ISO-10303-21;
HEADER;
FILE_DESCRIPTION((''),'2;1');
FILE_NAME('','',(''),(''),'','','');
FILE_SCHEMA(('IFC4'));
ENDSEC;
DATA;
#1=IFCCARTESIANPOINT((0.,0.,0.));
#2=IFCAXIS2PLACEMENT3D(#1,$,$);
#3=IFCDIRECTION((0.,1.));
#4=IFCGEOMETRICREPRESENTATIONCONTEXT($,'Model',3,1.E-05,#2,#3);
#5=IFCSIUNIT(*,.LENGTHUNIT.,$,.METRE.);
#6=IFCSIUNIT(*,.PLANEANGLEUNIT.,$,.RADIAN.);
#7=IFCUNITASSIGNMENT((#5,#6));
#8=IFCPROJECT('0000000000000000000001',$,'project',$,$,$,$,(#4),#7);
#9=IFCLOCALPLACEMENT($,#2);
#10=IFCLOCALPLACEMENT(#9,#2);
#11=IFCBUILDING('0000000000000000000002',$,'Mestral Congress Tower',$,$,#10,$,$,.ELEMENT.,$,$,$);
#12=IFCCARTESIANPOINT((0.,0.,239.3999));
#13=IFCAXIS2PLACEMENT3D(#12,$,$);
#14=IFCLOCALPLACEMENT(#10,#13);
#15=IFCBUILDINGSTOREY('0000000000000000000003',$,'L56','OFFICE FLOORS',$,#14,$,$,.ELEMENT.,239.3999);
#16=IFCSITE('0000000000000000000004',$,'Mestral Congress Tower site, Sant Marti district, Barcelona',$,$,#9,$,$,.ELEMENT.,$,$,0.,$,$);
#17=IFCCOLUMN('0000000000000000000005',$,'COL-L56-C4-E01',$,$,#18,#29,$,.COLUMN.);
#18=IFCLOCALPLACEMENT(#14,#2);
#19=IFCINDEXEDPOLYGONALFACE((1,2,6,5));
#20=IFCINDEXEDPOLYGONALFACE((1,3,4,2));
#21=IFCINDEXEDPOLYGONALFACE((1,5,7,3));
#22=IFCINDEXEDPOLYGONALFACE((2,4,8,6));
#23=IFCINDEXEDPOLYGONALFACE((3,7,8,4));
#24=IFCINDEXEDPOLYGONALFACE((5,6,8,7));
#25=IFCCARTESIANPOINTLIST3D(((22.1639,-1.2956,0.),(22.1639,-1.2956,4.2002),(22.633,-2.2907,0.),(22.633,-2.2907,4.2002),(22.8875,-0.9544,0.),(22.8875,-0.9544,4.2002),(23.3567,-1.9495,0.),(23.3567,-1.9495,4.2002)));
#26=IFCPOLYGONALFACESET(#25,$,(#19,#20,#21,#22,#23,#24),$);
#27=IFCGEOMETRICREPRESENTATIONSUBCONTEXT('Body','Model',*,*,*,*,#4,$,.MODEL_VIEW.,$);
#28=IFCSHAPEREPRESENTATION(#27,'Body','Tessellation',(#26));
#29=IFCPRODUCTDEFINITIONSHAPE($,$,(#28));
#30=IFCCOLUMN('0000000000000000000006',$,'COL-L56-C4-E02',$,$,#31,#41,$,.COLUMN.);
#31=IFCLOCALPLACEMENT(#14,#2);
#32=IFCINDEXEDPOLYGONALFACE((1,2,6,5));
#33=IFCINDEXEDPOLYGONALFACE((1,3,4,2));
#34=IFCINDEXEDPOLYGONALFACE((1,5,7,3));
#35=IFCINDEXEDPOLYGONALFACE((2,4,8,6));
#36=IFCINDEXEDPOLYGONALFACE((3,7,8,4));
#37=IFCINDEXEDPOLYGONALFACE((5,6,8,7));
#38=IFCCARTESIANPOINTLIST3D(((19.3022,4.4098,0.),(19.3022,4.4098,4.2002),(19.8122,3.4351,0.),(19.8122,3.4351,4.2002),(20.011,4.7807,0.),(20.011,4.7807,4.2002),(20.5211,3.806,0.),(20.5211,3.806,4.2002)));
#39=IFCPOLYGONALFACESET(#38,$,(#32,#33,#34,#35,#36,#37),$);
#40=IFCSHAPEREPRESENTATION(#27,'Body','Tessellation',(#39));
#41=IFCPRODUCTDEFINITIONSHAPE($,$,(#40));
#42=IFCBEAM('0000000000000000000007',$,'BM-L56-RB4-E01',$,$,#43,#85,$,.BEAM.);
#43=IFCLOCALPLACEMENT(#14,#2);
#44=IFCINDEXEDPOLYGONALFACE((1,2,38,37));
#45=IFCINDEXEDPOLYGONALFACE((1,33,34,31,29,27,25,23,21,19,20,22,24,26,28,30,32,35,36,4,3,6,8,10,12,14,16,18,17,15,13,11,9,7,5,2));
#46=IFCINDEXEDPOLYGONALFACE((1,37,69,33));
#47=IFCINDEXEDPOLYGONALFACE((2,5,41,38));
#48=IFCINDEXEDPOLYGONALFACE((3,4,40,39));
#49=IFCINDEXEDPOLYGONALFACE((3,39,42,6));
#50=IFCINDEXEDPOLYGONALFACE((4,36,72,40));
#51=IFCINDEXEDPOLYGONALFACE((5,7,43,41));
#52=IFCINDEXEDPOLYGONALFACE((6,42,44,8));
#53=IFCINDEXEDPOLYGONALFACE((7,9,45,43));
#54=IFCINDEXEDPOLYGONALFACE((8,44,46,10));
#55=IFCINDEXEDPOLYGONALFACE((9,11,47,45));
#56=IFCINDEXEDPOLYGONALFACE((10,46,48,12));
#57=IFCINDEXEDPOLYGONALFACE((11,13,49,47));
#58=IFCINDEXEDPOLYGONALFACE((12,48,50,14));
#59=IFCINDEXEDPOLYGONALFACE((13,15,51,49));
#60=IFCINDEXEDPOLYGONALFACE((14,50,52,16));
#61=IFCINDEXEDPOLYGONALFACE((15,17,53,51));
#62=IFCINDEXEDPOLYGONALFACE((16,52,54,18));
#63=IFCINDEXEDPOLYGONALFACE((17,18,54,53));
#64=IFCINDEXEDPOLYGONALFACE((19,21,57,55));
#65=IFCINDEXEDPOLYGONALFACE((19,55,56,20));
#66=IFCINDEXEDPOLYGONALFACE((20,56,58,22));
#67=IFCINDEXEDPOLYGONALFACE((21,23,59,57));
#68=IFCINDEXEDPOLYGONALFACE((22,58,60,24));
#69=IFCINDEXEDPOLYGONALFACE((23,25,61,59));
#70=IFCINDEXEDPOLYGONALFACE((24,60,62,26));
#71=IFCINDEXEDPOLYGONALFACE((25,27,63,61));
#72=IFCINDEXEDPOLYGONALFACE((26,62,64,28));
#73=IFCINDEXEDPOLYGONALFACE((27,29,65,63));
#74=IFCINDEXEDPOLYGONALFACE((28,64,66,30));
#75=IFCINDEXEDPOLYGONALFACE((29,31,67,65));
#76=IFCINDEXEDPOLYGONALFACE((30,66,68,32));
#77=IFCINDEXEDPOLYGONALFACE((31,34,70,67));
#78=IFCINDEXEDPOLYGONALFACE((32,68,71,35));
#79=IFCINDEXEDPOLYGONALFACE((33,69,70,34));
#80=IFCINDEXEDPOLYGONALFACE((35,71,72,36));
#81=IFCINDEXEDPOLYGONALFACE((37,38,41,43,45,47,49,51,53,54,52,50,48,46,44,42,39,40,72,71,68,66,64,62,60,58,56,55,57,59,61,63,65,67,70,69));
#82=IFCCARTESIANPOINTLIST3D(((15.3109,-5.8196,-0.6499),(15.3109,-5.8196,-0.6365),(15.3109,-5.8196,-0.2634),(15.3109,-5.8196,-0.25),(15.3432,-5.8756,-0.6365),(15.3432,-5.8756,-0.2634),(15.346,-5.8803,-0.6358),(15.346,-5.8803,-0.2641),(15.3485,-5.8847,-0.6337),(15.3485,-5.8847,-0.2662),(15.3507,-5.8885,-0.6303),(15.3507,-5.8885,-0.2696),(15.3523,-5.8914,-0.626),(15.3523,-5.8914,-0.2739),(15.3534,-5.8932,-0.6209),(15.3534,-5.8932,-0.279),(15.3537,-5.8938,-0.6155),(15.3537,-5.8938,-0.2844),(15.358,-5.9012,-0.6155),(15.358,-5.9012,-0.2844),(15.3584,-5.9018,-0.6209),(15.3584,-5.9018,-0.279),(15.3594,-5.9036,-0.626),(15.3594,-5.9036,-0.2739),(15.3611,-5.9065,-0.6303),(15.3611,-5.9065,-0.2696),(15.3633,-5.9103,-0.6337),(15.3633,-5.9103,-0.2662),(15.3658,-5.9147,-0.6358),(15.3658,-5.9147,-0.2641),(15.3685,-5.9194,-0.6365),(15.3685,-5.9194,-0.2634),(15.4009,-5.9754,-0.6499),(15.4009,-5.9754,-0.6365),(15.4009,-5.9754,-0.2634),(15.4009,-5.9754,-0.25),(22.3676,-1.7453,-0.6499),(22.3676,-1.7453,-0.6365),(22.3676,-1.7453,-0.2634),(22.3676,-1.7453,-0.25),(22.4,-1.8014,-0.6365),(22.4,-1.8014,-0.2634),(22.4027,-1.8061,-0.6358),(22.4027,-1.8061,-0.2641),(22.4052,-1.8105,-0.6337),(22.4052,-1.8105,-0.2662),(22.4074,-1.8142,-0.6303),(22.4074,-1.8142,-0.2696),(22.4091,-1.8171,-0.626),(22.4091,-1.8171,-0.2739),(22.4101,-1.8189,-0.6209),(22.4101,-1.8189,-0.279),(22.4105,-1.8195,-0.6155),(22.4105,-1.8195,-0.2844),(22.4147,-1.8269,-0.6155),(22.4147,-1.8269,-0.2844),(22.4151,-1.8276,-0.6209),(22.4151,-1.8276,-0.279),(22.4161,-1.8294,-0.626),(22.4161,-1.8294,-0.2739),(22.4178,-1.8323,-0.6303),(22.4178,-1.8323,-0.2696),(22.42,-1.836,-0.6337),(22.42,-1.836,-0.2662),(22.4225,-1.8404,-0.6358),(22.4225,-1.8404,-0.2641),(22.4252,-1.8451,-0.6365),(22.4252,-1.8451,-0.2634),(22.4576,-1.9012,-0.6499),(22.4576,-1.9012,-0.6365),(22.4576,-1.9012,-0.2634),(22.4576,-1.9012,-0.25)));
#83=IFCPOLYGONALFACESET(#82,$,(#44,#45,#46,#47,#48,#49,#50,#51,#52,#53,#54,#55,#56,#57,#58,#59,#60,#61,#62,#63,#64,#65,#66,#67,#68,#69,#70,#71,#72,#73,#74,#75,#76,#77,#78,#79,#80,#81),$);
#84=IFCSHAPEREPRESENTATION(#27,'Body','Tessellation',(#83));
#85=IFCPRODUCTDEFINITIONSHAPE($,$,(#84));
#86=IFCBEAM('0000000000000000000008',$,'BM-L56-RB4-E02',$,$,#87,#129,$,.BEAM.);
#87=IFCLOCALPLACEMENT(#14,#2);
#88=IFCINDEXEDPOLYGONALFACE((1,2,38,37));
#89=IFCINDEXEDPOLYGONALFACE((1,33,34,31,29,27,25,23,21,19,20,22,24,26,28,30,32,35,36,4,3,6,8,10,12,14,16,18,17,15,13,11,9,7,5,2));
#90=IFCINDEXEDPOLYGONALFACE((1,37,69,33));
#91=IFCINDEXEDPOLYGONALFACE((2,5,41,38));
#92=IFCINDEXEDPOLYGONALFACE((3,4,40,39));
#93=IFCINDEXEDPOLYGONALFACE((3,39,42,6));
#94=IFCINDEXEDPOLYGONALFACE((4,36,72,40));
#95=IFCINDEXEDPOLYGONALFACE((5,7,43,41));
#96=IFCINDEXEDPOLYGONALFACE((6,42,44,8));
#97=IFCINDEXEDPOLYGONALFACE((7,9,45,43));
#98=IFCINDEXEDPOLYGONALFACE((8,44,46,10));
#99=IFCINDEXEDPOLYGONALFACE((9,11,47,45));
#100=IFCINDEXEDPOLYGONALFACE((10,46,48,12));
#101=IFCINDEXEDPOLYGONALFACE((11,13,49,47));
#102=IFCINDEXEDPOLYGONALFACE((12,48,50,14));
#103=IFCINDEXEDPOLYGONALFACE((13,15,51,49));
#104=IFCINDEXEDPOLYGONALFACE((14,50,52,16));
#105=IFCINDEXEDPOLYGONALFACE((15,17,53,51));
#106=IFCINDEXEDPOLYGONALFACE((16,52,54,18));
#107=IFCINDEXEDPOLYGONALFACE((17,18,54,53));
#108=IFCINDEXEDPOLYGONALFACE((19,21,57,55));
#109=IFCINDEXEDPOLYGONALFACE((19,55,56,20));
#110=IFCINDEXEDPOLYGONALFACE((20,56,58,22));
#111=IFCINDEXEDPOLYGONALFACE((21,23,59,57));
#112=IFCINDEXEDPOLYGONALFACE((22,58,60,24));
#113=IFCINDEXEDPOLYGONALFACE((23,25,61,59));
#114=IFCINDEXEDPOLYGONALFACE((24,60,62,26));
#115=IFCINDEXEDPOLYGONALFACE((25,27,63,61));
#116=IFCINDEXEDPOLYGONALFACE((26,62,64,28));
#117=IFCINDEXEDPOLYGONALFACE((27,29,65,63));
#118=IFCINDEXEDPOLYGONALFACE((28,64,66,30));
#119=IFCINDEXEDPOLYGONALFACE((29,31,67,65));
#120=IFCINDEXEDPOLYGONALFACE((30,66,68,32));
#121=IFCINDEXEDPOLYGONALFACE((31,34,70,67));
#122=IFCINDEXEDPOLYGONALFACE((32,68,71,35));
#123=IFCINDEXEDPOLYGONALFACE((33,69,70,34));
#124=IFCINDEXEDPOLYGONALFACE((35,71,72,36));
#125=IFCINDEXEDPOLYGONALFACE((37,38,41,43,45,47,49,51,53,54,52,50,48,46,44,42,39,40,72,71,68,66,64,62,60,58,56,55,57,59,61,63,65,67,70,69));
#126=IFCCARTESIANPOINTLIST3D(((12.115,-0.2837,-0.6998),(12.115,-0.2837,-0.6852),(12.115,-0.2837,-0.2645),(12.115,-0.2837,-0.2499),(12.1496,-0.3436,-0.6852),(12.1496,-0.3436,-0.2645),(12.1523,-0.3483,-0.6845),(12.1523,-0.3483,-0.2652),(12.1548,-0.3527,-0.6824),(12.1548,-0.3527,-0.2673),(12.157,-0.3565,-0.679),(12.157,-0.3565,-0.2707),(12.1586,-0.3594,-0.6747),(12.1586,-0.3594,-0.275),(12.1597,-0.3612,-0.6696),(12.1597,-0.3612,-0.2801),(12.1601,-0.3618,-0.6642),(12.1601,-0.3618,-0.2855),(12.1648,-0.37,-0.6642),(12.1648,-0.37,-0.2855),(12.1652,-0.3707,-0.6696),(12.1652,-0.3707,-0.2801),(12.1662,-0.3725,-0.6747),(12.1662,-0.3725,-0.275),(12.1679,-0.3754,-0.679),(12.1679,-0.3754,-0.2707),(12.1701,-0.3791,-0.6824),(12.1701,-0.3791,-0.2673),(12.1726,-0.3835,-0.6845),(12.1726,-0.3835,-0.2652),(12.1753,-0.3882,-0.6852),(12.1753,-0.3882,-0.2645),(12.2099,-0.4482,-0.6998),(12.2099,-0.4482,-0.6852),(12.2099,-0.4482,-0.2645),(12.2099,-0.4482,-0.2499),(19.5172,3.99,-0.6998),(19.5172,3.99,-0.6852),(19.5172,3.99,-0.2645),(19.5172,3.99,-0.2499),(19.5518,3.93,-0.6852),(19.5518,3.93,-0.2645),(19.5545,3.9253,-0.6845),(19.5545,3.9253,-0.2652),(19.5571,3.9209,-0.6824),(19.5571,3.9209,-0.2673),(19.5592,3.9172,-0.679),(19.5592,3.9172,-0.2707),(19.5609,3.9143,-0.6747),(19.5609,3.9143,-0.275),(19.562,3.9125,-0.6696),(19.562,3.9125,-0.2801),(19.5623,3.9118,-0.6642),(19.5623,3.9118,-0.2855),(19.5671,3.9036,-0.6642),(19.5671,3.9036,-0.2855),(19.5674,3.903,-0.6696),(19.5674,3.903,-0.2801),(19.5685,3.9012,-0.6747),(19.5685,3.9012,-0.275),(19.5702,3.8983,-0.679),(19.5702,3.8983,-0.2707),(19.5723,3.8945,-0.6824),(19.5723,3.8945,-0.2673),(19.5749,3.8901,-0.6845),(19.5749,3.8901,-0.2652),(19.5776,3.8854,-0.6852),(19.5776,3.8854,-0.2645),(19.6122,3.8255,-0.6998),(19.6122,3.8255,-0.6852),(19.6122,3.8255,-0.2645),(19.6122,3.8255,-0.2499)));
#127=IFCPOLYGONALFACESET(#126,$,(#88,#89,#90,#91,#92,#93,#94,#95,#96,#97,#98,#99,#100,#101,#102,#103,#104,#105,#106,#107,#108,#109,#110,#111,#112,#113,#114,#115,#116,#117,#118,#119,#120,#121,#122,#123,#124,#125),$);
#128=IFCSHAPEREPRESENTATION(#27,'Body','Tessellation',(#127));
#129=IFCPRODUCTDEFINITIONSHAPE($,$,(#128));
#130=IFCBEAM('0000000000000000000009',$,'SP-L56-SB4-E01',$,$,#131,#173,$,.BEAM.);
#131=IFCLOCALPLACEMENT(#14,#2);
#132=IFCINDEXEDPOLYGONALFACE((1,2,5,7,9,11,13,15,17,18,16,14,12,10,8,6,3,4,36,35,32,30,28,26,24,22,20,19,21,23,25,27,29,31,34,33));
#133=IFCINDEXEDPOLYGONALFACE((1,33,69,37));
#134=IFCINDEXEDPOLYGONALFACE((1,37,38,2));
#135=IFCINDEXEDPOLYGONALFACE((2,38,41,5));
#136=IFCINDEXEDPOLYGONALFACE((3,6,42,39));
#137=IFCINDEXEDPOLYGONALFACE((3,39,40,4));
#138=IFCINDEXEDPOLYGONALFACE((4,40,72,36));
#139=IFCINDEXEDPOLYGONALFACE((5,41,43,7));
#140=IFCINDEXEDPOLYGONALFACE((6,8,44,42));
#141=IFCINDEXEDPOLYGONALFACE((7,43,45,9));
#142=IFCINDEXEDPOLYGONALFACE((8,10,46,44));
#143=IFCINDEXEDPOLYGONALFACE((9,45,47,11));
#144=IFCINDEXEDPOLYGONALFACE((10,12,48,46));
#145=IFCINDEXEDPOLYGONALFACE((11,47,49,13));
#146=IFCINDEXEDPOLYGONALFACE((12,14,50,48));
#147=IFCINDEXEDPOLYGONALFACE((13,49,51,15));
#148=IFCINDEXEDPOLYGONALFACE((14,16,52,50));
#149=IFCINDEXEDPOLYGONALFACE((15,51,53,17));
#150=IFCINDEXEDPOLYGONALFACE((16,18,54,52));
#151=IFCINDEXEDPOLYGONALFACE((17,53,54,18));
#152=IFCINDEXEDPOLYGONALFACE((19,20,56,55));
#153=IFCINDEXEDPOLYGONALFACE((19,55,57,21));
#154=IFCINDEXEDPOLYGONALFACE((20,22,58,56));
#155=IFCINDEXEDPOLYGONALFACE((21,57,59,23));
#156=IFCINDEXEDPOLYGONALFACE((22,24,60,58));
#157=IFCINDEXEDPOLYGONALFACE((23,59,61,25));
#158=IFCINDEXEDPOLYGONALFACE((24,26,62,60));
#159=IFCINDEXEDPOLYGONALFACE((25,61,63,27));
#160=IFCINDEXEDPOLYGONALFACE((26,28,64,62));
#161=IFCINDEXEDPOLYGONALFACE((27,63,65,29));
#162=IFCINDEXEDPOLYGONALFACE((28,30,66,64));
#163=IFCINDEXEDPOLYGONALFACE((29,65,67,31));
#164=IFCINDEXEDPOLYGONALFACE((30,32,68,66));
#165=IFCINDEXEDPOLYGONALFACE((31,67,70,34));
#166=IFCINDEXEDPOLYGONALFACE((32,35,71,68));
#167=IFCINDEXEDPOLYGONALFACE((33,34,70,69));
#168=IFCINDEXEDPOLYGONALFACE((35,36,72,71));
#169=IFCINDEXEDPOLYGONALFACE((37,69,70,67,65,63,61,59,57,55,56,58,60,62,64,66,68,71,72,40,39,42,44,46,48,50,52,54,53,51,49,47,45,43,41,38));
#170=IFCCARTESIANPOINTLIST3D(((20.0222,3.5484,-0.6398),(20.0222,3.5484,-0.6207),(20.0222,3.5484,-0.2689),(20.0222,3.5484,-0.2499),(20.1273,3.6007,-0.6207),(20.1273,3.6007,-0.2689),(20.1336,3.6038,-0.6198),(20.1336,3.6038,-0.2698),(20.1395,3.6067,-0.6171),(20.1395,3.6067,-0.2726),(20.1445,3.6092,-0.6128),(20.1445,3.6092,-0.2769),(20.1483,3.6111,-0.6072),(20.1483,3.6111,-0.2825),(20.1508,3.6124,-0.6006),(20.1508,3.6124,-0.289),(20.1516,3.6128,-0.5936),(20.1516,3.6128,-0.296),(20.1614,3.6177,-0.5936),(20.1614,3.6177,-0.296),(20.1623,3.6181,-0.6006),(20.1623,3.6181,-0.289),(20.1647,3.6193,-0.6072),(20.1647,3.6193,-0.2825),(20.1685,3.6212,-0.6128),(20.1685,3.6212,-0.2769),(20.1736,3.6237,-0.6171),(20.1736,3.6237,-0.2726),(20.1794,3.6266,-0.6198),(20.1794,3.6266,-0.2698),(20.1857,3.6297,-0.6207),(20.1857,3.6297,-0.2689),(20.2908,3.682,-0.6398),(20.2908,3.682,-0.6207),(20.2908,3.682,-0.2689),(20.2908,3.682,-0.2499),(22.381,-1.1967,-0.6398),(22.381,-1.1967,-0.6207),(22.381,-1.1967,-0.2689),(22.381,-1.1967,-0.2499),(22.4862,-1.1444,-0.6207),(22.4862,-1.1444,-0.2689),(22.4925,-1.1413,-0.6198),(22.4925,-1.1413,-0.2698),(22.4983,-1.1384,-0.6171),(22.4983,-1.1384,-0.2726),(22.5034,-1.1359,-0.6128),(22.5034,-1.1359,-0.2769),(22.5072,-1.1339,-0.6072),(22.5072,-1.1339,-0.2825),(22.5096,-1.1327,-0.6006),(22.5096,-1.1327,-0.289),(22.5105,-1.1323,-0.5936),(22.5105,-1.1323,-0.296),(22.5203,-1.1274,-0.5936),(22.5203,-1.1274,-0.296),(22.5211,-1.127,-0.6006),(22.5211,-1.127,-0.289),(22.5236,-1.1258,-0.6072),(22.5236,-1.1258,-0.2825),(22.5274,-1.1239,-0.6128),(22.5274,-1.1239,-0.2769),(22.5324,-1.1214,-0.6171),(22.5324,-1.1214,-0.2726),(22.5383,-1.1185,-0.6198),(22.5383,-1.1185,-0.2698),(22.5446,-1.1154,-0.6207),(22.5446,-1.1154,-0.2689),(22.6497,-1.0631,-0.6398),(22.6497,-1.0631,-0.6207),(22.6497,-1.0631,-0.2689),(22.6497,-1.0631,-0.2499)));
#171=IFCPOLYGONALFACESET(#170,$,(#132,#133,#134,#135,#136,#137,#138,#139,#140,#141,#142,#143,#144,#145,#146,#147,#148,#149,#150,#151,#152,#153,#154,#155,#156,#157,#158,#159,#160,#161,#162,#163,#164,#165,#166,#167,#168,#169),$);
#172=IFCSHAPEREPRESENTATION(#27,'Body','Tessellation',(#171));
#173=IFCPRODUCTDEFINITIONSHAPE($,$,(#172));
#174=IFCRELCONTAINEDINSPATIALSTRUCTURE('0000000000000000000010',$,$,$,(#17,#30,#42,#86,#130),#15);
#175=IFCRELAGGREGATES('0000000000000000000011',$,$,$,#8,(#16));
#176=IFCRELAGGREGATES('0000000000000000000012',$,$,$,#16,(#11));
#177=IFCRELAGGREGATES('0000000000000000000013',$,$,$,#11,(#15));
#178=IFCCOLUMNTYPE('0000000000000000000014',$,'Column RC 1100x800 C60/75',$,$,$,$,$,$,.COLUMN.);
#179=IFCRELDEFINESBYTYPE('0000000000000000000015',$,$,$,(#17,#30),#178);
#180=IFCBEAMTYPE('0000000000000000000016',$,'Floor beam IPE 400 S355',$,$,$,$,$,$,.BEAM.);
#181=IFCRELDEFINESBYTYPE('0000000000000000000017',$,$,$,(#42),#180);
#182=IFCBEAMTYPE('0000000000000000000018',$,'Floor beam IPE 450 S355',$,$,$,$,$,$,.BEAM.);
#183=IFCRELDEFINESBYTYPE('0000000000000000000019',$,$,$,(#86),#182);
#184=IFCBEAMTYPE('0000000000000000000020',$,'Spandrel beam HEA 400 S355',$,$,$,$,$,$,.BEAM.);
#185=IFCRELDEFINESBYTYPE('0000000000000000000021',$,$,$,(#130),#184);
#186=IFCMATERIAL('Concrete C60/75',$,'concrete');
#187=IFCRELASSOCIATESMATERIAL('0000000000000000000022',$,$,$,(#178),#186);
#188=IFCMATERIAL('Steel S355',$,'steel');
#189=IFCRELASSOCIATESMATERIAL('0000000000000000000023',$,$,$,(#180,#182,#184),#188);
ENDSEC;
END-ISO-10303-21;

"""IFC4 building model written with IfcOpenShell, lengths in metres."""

from ifc_helpers import new_model, si_unit, direction, frame, origin, origin_2d, place, context, subcontext, project, spatial, rectangle, i_section, extrude, material, material_profile, profile_set, type_object, element, save


model = new_model("IFC4")

# Units and contexts
model_context = context("Model", 3, precision=1e-05, world=origin(), true_north=direction((0.0, 1.0)))
body_context = subcontext(model_context, "Body", "Model", "MODEL_VIEW")
ifc_project = project(units=[si_unit("LENGTHUNIT", "METRE"), si_unit("PLANEANGLEUNIT", "RADIAN")], contexts=[model_context])

# Site, building, storey
site_placement = place(None, origin())
site = spatial("IfcSite", under=ifc_project, at=site_placement, Name="Mestral Congress Tower site, Sant Marti district, Barcelona", CompositionType="ELEMENT", RefElevation=0.0)
building_placement = place(site_placement, origin())
building = spatial("IfcBuilding", under=site, at=building_placement, Name="Mestral Congress Tower", CompositionType="ELEMENT")
storey_placement = place(building_placement, frame((0.0, 0.0, 239.3999)))
storey = spatial("IfcBuildingStorey", under=building, at=storey_placement, Name="L56", Description="OFFICE FLOORS", CompositionType="ELEMENT", Elevation=239.3999)

# Columns
ifc_material_1 = material(Name="Concrete C60/75", Category="concrete")
ifc_material_profile_1 = material_profile(ifc_material_1, rectangle(XDim=1.1001, YDim=0.8, at=origin_2d()), Name="RC 1100x800")
ifc_profile_set_1 = profile_set([ifc_material_profile_1], Name="Concrete C60/75")
column_type = type_object("IfcColumnType", Name="Column RC 1100x800 C60/75", PredefinedType="COLUMN", material=ifc_profile_set_1)
for number, where, z_axis, x_axis, name in (
    (1, (22.7603, -1.6226, 0.0), (0.0, 0.0, 1.0), (-0.426472, 0.904501, 0.0), "COL-L56-C4-E01"),
    (2, (19.9116, 4.1079, 0.0), (0.0, 0.0, 1.0), (-0.463636, 0.886026, 0.0), "COL-L56-C4-E02"),
):
    element("IfcColumn", number, at=place(storey_placement, frame(where, z_axis=z_axis, x_axis=x_axis)), inside=storey, type_object=column_type, Name=name, PredefinedType="COLUMN", context=body_context, shape_type="SweptSolid", body=[
        extrude(rectangle(XDim=1.1001, YDim=0.8, at=origin_2d()), origin(), (0.0, 0.0, 1.0), 4.2002),
    ])

# Beams
ifc_material_2 = material(Name="Steel S355", Category="steel")
ifc_material_profile_2 = material_profile(ifc_material_2, i_section(OverallWidth=0.1799, OverallDepth=0.3999, WebThickness=0.0085, FlangeThickness=0.0134, FilletRadius=0.021, at=origin_2d()), Name="IPE 400")
ifc_profile_set_2 = profile_set([ifc_material_profile_2], Name="Steel S355")
beam_type_1 = type_object("IfcBeamType", Name="Floor beam IPE 400 S355", PredefinedType="BEAM", material=ifc_profile_set_2)
beam_1_placement = place(storey_placement, frame((22.4126, -1.8232, -0.45), z_axis=(-0.866022, -0.500006, 0.0), x_axis=(0.500006, -0.866022, 0.0)))
element("IfcBeam", 3, at=beam_1_placement, inside=storey, type_object=beam_type_1, Name="BM-L56-RB4-E01", PredefinedType="BEAM", context=body_context, shape_type="SweptSolid", body=[
    extrude(i_section(OverallWidth=0.1799, OverallDepth=0.3999, WebThickness=0.0085, FlangeThickness=0.0134, FilletRadius=0.021, at=origin_2d()), origin(), (0.0, 0.0, 1.0), 8.1484),
])
ifc_material_profile_3 = material_profile(ifc_material_2, i_section(OverallWidth=0.1899, OverallDepth=0.45, WebThickness=0.0095, FlangeThickness=0.0146, FilletRadius=0.021, at=origin_2d()), Name="IPE 450")
ifc_profile_set_3 = profile_set([ifc_material_profile_3], Name="Steel S355")
beam_type_2 = type_object("IfcBeamType", Name="Floor beam IPE 450 S355", PredefinedType="BEAM", material=ifc_profile_set_3)
beam_2_placement = place(storey_placement, frame((19.5647, 3.9077, -0.4749), z_axis=(-0.866029, -0.499994, 0.0), x_axis=(0.499994, -0.866029, 0.0)))
element("IfcBeam", 4, at=beam_2_placement, inside=storey, type_object=beam_type_2, Name="BM-L56-RB4-E02", PredefinedType="BEAM", context=body_context, shape_type="SweptSolid", body=[
    extrude(i_section(OverallWidth=0.1899, OverallDepth=0.45, WebThickness=0.0095, FlangeThickness=0.0146, FilletRadius=0.021, at=origin_2d()), origin(), (0.0, 0.0, 1.0), 8.5474),
])
ifc_material_profile_4 = material_profile(ifc_material_2, i_section(OverallWidth=0.3, OverallDepth=0.3899, WebThickness=0.011, FlangeThickness=0.019, FilletRadius=0.0271, at=origin_2d()), Name="HEA 400")
ifc_profile_set_4 = profile_set([ifc_material_profile_4], Name="Steel S355")
beam_type_3 = type_object("IfcBeamType", Name="Spandrel beam HEA 400 S355", PredefinedType="BEAM", material=ifc_profile_set_4)
beam_3_placement = place(storey_placement, frame((22.5154, -1.1299, -0.4448), z_axis=(-0.445148, 0.895457, 0.0), x_axis=(-0.895457, -0.445148, 0.0)))
element("IfcBeam", 5, at=beam_3_placement, inside=storey, type_object=beam_type_3, Name="SP-L56-SB4-E01", PredefinedType="BEAM", context=body_context, shape_type="SweptSolid", body=[
    extrude(i_section(OverallWidth=0.3, OverallDepth=0.3899, WebThickness=0.011, FlangeThickness=0.019, FilletRadius=0.0271, at=origin_2d()), origin(), (0.0, 0.0, 1.0), 5.2991),
])

save(model, "model.ifc")
